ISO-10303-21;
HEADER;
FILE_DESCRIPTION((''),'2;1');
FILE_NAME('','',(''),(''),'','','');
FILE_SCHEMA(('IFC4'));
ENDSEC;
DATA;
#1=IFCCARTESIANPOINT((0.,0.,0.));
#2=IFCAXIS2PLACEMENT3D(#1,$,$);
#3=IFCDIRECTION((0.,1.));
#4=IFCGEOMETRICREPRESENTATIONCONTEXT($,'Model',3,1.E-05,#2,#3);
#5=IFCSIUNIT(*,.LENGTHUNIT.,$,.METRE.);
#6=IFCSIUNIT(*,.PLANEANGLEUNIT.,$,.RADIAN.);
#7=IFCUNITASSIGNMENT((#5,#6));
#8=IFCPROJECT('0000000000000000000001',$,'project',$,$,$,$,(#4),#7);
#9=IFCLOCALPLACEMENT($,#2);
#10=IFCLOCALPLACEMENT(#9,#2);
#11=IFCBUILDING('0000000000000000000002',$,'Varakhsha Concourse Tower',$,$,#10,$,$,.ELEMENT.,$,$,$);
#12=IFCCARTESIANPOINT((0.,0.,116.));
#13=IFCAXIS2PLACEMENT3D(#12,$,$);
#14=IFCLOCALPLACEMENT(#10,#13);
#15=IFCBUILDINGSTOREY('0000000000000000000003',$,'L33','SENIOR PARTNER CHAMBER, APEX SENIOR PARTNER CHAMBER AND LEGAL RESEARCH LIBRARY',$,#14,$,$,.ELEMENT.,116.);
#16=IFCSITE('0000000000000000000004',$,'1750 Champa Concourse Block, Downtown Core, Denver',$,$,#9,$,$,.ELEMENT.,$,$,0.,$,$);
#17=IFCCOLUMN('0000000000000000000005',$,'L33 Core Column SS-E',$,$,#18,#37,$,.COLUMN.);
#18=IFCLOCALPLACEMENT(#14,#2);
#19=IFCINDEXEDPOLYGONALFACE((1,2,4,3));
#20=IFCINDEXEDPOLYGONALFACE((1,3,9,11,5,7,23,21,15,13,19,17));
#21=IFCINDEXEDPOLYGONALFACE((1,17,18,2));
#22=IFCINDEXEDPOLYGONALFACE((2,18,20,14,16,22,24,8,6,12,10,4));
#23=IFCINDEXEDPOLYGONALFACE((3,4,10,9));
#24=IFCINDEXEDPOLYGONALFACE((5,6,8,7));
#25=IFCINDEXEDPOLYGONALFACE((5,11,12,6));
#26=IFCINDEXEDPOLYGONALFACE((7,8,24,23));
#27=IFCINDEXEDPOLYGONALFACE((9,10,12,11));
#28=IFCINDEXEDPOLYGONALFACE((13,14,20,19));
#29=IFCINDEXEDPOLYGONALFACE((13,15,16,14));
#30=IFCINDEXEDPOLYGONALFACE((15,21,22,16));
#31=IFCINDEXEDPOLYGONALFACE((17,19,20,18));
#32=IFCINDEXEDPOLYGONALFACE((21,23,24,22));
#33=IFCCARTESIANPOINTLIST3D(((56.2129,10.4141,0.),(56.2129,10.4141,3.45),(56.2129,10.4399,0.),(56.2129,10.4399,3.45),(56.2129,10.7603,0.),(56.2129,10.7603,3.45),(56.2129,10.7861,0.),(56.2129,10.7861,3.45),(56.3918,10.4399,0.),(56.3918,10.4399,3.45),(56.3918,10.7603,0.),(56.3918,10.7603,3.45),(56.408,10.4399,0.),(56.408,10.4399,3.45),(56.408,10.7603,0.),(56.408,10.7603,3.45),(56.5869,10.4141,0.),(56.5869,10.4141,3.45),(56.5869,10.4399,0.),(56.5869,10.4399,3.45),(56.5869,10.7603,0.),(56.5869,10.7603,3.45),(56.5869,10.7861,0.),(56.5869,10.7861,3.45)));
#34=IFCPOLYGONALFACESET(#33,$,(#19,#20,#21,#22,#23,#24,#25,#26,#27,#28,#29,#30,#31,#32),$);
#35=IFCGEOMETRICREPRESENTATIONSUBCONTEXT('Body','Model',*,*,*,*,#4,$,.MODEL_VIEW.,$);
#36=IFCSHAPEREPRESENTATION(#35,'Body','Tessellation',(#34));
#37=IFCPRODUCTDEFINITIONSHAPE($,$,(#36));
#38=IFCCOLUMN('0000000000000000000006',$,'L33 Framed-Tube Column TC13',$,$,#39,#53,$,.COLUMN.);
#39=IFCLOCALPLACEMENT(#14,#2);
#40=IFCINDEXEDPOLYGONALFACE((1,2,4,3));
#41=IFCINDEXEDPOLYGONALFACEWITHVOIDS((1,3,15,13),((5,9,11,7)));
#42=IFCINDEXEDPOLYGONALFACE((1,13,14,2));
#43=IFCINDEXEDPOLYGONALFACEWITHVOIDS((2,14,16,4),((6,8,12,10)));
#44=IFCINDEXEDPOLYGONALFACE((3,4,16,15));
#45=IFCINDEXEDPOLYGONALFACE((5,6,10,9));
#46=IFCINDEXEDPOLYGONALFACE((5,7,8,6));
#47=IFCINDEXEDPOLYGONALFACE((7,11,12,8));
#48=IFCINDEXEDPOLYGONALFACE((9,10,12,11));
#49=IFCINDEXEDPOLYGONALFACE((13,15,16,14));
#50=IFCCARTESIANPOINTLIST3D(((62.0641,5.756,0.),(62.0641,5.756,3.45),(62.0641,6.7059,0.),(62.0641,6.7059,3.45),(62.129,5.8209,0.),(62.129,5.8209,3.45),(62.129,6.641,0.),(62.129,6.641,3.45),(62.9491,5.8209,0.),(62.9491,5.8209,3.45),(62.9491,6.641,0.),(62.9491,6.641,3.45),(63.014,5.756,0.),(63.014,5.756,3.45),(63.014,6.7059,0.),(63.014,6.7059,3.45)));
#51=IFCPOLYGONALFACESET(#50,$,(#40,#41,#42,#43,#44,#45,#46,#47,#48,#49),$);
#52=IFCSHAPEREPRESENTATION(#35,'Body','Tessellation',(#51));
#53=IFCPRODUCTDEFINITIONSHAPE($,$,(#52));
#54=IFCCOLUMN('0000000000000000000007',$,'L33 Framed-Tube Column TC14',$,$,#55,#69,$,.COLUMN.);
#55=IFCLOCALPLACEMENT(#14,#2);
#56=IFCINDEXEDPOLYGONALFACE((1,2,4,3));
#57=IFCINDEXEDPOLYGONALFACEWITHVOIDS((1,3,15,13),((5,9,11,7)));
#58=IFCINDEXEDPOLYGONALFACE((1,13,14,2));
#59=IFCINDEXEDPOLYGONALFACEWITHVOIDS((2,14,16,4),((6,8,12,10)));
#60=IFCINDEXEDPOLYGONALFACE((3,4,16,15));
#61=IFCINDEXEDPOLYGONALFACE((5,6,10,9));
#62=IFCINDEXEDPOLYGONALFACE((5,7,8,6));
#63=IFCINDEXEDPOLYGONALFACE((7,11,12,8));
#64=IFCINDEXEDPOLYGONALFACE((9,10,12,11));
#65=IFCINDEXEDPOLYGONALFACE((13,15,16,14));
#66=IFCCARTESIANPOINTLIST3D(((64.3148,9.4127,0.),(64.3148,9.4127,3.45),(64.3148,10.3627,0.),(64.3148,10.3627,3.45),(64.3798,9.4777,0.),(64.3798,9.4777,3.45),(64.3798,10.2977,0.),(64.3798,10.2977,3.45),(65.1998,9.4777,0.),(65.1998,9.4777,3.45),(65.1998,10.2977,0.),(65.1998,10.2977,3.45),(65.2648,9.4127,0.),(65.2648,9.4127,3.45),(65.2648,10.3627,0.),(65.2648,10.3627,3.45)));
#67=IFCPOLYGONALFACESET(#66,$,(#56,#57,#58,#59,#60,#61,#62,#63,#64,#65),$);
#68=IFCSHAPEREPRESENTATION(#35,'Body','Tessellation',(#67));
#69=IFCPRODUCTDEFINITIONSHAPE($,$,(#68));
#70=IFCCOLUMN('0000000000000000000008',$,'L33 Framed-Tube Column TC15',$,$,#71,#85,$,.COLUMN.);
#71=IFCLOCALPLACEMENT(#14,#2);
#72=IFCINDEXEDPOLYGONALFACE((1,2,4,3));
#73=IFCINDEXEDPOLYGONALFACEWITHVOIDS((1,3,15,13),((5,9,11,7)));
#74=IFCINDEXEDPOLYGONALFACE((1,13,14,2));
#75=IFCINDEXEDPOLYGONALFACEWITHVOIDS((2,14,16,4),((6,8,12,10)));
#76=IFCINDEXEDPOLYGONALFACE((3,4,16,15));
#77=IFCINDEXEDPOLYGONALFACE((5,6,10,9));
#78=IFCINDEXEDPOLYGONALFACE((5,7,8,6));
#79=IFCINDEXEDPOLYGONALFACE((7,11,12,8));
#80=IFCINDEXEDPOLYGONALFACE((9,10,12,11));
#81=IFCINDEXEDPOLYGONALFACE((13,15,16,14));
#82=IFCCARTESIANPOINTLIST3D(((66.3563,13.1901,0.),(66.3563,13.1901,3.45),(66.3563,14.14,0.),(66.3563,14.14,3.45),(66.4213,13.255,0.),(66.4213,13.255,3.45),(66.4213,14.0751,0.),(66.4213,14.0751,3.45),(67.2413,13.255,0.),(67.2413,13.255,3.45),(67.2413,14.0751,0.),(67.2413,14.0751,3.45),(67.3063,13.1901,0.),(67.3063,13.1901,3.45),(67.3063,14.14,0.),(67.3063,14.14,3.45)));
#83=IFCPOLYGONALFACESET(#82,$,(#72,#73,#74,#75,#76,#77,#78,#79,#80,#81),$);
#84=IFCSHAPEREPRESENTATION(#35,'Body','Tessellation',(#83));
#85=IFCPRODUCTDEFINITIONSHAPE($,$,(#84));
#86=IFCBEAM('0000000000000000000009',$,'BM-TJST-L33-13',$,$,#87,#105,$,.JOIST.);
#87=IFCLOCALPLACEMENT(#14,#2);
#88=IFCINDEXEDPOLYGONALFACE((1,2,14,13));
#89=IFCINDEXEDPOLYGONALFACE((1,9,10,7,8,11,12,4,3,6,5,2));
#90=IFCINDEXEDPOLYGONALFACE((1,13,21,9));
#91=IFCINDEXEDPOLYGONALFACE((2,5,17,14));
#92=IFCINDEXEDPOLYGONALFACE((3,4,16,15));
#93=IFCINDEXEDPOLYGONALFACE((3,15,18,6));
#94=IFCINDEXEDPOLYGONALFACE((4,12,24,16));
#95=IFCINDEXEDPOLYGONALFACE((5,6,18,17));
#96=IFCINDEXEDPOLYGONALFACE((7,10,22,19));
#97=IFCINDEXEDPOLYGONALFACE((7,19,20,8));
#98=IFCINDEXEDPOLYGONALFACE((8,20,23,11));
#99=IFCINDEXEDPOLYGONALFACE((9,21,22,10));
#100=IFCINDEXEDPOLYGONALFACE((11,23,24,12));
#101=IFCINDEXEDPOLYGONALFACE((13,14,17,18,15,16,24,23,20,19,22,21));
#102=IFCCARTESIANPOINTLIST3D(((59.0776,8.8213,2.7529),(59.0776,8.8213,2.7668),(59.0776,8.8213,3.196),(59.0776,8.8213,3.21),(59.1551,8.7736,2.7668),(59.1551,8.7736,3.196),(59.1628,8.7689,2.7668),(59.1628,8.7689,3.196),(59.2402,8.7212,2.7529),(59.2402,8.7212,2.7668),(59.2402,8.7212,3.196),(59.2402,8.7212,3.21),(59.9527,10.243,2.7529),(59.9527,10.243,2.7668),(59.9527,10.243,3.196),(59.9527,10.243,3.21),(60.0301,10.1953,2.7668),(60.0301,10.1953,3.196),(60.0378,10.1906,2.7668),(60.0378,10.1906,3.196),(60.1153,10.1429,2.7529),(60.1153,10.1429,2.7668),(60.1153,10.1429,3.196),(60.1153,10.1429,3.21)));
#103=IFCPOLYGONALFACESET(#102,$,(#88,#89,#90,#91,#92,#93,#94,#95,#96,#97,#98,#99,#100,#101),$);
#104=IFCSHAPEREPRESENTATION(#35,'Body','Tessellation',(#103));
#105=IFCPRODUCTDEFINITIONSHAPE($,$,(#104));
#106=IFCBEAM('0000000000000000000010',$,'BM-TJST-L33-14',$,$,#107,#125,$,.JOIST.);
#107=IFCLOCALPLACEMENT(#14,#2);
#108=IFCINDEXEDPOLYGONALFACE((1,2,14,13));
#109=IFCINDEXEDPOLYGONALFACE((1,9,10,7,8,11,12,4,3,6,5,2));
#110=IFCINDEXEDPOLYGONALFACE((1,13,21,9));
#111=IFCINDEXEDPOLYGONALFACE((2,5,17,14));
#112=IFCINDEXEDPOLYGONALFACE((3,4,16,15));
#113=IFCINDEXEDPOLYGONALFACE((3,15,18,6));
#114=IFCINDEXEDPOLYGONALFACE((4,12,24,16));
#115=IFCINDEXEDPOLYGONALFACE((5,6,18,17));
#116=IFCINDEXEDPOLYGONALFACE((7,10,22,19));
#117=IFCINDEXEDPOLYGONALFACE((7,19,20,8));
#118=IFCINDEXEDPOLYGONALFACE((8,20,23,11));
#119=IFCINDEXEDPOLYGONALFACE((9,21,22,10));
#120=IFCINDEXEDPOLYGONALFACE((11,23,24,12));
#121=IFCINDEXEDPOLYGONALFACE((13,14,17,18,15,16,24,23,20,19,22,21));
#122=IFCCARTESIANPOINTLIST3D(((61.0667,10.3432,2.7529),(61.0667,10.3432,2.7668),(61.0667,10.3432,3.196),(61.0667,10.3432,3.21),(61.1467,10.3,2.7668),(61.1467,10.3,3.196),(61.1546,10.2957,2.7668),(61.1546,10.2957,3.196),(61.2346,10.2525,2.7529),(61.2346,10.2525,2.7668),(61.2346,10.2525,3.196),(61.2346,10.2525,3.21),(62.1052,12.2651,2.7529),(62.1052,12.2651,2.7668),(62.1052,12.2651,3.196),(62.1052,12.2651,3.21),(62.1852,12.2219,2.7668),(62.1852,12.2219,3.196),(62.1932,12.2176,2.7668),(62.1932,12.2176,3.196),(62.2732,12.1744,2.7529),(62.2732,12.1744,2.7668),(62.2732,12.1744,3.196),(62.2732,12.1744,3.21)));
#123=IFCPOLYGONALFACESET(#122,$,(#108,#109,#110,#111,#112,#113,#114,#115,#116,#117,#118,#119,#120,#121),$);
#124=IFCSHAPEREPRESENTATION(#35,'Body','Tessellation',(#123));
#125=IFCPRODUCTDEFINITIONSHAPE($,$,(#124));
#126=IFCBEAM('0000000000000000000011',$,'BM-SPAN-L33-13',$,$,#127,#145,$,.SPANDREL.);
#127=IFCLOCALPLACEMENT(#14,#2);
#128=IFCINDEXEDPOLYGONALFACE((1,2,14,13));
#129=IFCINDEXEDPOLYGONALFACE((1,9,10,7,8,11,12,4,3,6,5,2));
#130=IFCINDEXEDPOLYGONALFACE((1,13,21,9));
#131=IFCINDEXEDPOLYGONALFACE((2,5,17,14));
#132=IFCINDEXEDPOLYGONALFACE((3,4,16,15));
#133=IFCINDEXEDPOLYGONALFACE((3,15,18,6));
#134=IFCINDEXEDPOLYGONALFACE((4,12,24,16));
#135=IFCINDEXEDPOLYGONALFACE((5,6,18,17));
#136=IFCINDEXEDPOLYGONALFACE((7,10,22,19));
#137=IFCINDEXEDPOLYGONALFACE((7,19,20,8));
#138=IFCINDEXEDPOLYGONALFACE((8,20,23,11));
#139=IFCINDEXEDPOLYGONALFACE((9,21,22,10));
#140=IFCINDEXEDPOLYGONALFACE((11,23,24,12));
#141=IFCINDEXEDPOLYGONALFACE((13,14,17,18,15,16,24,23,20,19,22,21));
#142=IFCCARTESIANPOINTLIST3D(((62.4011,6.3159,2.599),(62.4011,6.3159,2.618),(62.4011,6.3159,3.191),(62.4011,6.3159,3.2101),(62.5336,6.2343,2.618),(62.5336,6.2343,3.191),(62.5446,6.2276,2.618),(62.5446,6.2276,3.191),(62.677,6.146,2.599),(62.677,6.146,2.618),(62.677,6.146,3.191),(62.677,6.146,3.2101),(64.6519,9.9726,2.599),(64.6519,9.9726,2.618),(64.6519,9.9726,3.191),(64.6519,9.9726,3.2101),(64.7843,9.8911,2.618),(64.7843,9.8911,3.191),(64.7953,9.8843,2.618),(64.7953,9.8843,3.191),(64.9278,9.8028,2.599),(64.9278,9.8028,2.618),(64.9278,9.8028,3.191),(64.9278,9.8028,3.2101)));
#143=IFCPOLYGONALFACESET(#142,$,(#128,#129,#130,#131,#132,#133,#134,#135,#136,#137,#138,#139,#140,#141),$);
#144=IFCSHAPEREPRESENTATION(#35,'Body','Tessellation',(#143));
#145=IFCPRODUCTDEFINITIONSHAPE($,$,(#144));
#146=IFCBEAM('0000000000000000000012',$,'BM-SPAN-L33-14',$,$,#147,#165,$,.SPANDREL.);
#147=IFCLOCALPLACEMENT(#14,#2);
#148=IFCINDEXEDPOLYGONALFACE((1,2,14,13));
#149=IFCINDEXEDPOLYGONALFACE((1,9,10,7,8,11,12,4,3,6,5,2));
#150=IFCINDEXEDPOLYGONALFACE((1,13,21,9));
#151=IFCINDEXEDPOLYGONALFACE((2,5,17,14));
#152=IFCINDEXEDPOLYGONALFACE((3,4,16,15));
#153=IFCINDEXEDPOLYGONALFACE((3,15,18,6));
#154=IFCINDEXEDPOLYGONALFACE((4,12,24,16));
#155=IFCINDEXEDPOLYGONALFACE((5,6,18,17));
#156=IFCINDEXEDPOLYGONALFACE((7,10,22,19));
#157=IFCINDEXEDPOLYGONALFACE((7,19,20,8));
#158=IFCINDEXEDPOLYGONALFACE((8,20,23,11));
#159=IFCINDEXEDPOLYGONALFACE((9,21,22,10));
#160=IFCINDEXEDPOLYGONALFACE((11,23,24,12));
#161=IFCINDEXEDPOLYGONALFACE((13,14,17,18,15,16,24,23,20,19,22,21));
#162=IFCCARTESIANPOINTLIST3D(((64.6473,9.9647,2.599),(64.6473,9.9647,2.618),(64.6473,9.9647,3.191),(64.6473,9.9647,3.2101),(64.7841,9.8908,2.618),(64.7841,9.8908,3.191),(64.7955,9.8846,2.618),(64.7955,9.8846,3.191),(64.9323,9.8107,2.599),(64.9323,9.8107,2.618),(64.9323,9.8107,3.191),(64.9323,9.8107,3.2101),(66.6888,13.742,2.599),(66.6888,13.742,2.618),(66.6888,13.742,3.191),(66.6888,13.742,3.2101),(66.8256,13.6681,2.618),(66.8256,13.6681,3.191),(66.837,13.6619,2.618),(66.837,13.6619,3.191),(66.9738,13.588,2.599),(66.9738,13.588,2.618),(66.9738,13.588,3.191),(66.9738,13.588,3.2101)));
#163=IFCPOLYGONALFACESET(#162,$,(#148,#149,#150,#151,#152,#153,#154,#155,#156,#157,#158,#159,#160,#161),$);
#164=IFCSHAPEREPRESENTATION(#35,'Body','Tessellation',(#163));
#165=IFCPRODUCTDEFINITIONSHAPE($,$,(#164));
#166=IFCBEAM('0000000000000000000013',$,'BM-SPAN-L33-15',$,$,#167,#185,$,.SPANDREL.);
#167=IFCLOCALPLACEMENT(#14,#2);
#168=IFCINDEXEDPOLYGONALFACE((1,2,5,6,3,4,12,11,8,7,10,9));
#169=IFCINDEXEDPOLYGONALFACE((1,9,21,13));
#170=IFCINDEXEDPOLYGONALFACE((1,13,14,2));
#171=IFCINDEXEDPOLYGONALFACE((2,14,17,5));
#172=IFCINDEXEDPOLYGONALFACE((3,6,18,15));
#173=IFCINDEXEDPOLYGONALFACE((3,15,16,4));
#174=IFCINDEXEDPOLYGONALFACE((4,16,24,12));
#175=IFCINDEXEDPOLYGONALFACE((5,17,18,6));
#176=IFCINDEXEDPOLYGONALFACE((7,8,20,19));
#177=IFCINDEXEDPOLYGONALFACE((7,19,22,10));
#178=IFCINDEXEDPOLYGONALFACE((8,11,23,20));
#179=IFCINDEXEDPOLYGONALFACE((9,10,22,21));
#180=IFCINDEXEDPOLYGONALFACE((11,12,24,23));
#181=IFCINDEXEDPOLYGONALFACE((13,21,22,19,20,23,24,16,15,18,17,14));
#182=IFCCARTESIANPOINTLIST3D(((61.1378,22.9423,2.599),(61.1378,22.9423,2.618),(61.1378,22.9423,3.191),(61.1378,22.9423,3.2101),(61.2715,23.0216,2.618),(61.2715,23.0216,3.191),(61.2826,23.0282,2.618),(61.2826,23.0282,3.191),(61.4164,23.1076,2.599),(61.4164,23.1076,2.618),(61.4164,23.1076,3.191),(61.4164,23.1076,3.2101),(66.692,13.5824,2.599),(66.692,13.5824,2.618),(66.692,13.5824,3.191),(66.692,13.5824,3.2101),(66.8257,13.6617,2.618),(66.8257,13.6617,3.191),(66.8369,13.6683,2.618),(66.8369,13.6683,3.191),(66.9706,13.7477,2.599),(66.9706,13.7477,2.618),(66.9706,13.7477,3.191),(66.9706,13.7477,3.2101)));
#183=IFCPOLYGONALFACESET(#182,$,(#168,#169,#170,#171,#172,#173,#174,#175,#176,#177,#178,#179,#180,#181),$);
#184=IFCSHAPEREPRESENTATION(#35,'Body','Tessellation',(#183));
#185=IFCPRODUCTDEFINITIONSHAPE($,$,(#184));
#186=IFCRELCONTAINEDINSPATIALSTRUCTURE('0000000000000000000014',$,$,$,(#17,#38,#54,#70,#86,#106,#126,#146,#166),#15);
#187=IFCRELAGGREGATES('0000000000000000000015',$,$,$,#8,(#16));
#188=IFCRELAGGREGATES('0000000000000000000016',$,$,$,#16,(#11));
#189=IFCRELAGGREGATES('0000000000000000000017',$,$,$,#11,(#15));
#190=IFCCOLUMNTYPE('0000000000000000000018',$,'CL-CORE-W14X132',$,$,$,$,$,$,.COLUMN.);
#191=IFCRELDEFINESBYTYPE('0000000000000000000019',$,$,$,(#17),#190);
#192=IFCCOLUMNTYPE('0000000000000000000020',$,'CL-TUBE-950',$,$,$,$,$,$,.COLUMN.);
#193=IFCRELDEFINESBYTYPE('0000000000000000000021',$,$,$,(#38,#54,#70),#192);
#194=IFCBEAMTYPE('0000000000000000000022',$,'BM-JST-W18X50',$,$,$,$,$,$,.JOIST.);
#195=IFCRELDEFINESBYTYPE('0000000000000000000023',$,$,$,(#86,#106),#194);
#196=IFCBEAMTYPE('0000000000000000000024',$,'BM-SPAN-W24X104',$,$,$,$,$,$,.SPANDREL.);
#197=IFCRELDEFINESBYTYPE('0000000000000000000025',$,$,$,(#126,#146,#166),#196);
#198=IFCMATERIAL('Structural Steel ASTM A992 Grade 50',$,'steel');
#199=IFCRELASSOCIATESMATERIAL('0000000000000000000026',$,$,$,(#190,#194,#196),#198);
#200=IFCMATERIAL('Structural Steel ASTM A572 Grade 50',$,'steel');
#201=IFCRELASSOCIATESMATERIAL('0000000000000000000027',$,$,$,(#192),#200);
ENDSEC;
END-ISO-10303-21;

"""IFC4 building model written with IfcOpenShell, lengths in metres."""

from ifc_helpers import new_model, si_unit, direction, frame, origin, origin_2d, place, context, subcontext, project, spatial, hollow_rectangle, i_section, extrude, material, material_profile, profile_set, type_object, element, save


model = new_model("IFC4")

# Units and contexts
model_context = context("Model", 3, precision=1e-05, world=origin(), true_north=direction((0.0, 1.0)))
body_context = subcontext(model_context, "Body", "Model", "MODEL_VIEW")
ifc_project = project(units=[si_unit("LENGTHUNIT", "METRE"), si_unit("PLANEANGLEUNIT", "RADIAN")], contexts=[model_context])

# Site, building, storey
site_placement = place(None, origin())
site = spatial("IfcSite", under=ifc_project, at=site_placement, Name="1750 Champa Concourse Block, Downtown Core, Denver", CompositionType="ELEMENT", RefElevation=0.0)
building_placement = place(site_placement, origin())
building = spatial("IfcBuilding", under=site, at=building_placement, Name="Varakhsha Concourse Tower", CompositionType="ELEMENT")
storey_placement = place(building_placement, frame((0.0, 0.0, 116.0)))
storey = spatial("IfcBuildingStorey", under=building, at=storey_placement, Name="L33", Description="SENIOR PARTNER CHAMBER, APEX SENIOR PARTNER CHAMBER AND LEGAL RESEARCH LIBRARY", CompositionType="ELEMENT", Elevation=116.0)

# Columns
ifc_material_1 = material(Name="Structural Steel ASTM A992 Grade 50", Category="steel")
ifc_material_profile_1 = material_profile(ifc_material_1, i_section(OverallWidth=0.374, OverallDepth=0.3721, WebThickness=0.0161, FlangeThickness=0.0259, at=origin_2d()), Name="W14X132")
ifc_profile_set_1 = profile_set([ifc_material_profile_1], Name="Structural Steel ASTM A992 Grade 50")
column_type_1 = type_object("IfcColumnType", Name="CL-CORE-W14X132", PredefinedType="COLUMN", material=ifc_profile_set_1)
column_placement = place(storey_placement, frame((56.3999, 10.6001, 0.0), z_axis=(0.0, 0.0, 1.0), x_axis=(1.0, 0.0, 0.0)))
element("IfcColumn", 1, at=column_placement, inside=storey, type_object=column_type_1, Name="L33 Core Column SS-E", PredefinedType="COLUMN", context=body_context, shape_type="SweptSolid", body=[
    extrude(i_section(OverallWidth=0.374, OverallDepth=0.3721, WebThickness=0.0161, FlangeThickness=0.0259, at=origin_2d()), origin(), (0.0, 0.0, 1.0), 3.45),
])
ifc_material_2 = material(Name="Structural Steel ASTM A572 Grade 50", Category="steel")
ifc_material_profile_2 = material_profile(ifc_material_2, hollow_rectangle(XDim=0.95, YDim=0.95, WallThickness=0.0649, at=origin_2d()), Name="BOX 950x950x65")
ifc_profile_set_2 = profile_set([ifc_material_profile_2], Name="Structural Steel ASTM A572 Grade 50")
column_type_2 = type_object("IfcColumnType", Name="CL-TUBE-950", PredefinedType="COLUMN", material=ifc_profile_set_2)
for number, where, z_axis, x_axis, name in (
    (2, (62.5391, 6.231, 0.0), (0.0, 0.0, 1.0), (1.0, 0.0, 0.0), "L33 Framed-Tube Column TC13"),
    (3, (64.7898, 9.8877, 0.0), (0.0, 0.0, 1.0), (1.0, 0.0, 0.0), "L33 Framed-Tube Column TC14"),
    (4, (66.8313, 13.665, 0.0), (0.0, 0.0, 1.0), (1.0, 0.0, 0.0), "L33 Framed-Tube Column TC15"),
):
    element("IfcColumn", number, at=place(storey_placement, frame(where, z_axis=z_axis, x_axis=x_axis)), inside=storey, type_object=column_type_2, Name=name, PredefinedType="COLUMN", context=body_context, shape_type="SweptSolid", body=[
        extrude(hollow_rectangle(XDim=0.95, YDim=0.95, WallThickness=0.0649, at=origin_2d()), origin(), (0.0, 0.0, 1.0), 3.45),
    ])

# Beams
ifc_material_profile_3 = material_profile(ifc_material_1, i_section(OverallWidth=0.1909, OverallDepth=0.457, WebThickness=0.009, FlangeThickness=0.0139, at=origin_2d()), Name="W18X50")
ifc_profile_set_3 = profile_set([ifc_material_profile_3], Name="Structural Steel ASTM A992 Grade 50")
beam_type_1 = type_object("IfcBeamType", Name="BM-JST-W18X50", PredefinedType="JOIST", material=ifc_profile_set_3)
beam_1_placement = place(storey_placement, frame((59.1589, 8.7712, 2.9814), z_axis=(0.524163, 0.851618, 0.0), x_axis=(-0.851618, 0.524163, 0.0)))
element("IfcBeam", 5, at=beam_1_placement, inside=storey, type_object=beam_type_1, Name="BM-TJST-L33-13", PredefinedType="JOIST", context=body_context, shape_type="SweptSolid", body=[
    extrude(i_section(OverallWidth=0.1909, OverallDepth=0.457, WebThickness=0.009, FlangeThickness=0.0139, at=origin_2d()), origin(), (0.0, 0.0, 1.0), 1.6694),
])
beam_2_placement = place(storey_placement, frame((61.1506, 10.2979, 2.9814), z_axis=(0.475419, 0.87976, 0.0), x_axis=(-0.87976, 0.475419, 0.0)))
element("IfcBeam", 6, at=beam_2_placement, inside=storey, type_object=beam_type_1, Name="BM-TJST-L33-14", PredefinedType="JOIST", context=body_context, shape_type="SweptSolid", body=[
    extrude(i_section(OverallWidth=0.1909, OverallDepth=0.457, WebThickness=0.009, FlangeThickness=0.0139, at=origin_2d()), origin(), (0.0, 0.0, 1.0), 2.1846),
])
ifc_material_profile_4 = material_profile(ifc_material_1, i_section(OverallWidth=0.324, OverallDepth=0.6111, WebThickness=0.0129, FlangeThickness=0.019, at=origin_2d()), Name="W24X104")
ifc_profile_set_4 = profile_set([ifc_material_profile_4], Name="Structural Steel ASTM A992 Grade 50")
beam_type_2 = type_object("IfcBeamType", Name="BM-SPAN-W24X104", PredefinedType="SPANDREL", material=ifc_profile_set_4)
beam_3_placement = place(storey_placement, frame((62.5391, 6.231, 2.9045), z_axis=(0.52417, 0.851613, 0.0), x_axis=(-0.851613, 0.52417, 0.0)))
element("IfcBeam", 7, at=beam_3_placement, inside=storey, type_object=beam_type_2, Name="BM-SPAN-L33-13", PredefinedType="SPANDREL", context=body_context, shape_type="SweptSolid", body=[
    extrude(i_section(OverallWidth=0.324, OverallDepth=0.6111, WebThickness=0.0129, FlangeThickness=0.019, at=origin_2d()), origin(), (0.0, 0.0, 1.0), 4.2939),
])
beam_4_placement = place(storey_placement, frame((64.7898, 9.8877, 2.9045), z_axis=(0.475462, 0.879736, 0.0), x_axis=(-0.879736, 0.475462, 0.0)))
element("IfcBeam", 8, at=beam_4_placement, inside=storey, type_object=beam_type_2, Name="BM-SPAN-L33-14", PredefinedType="SPANDREL", context=body_context, shape_type="SweptSolid", body=[
    extrude(i_section(OverallWidth=0.324, OverallDepth=0.6111, WebThickness=0.0129, FlangeThickness=0.019, at=origin_2d()), origin(), (0.0, 0.0, 1.0), 4.2937),
])
beam_5_placement = place(storey_placement, frame((66.8313, 13.665, 2.9045), z_axis=(-0.51032, 0.859985, 0.0), x_axis=(-0.859985, -0.51032, 0.0)))
element("IfcBeam", 9, at=beam_5_placement, inside=storey, type_object=beam_type_2, Name="BM-SPAN-L33-15", PredefinedType="SPANDREL", context=body_context, shape_type="SweptSolid", body=[
    extrude(i_section(OverallWidth=0.324, OverallDepth=0.6111, WebThickness=0.0129, FlangeThickness=0.019, at=origin_2d()), origin(), (0.0, 0.0, 1.0), 10.8838),
])

save(model, "model.ifc")
